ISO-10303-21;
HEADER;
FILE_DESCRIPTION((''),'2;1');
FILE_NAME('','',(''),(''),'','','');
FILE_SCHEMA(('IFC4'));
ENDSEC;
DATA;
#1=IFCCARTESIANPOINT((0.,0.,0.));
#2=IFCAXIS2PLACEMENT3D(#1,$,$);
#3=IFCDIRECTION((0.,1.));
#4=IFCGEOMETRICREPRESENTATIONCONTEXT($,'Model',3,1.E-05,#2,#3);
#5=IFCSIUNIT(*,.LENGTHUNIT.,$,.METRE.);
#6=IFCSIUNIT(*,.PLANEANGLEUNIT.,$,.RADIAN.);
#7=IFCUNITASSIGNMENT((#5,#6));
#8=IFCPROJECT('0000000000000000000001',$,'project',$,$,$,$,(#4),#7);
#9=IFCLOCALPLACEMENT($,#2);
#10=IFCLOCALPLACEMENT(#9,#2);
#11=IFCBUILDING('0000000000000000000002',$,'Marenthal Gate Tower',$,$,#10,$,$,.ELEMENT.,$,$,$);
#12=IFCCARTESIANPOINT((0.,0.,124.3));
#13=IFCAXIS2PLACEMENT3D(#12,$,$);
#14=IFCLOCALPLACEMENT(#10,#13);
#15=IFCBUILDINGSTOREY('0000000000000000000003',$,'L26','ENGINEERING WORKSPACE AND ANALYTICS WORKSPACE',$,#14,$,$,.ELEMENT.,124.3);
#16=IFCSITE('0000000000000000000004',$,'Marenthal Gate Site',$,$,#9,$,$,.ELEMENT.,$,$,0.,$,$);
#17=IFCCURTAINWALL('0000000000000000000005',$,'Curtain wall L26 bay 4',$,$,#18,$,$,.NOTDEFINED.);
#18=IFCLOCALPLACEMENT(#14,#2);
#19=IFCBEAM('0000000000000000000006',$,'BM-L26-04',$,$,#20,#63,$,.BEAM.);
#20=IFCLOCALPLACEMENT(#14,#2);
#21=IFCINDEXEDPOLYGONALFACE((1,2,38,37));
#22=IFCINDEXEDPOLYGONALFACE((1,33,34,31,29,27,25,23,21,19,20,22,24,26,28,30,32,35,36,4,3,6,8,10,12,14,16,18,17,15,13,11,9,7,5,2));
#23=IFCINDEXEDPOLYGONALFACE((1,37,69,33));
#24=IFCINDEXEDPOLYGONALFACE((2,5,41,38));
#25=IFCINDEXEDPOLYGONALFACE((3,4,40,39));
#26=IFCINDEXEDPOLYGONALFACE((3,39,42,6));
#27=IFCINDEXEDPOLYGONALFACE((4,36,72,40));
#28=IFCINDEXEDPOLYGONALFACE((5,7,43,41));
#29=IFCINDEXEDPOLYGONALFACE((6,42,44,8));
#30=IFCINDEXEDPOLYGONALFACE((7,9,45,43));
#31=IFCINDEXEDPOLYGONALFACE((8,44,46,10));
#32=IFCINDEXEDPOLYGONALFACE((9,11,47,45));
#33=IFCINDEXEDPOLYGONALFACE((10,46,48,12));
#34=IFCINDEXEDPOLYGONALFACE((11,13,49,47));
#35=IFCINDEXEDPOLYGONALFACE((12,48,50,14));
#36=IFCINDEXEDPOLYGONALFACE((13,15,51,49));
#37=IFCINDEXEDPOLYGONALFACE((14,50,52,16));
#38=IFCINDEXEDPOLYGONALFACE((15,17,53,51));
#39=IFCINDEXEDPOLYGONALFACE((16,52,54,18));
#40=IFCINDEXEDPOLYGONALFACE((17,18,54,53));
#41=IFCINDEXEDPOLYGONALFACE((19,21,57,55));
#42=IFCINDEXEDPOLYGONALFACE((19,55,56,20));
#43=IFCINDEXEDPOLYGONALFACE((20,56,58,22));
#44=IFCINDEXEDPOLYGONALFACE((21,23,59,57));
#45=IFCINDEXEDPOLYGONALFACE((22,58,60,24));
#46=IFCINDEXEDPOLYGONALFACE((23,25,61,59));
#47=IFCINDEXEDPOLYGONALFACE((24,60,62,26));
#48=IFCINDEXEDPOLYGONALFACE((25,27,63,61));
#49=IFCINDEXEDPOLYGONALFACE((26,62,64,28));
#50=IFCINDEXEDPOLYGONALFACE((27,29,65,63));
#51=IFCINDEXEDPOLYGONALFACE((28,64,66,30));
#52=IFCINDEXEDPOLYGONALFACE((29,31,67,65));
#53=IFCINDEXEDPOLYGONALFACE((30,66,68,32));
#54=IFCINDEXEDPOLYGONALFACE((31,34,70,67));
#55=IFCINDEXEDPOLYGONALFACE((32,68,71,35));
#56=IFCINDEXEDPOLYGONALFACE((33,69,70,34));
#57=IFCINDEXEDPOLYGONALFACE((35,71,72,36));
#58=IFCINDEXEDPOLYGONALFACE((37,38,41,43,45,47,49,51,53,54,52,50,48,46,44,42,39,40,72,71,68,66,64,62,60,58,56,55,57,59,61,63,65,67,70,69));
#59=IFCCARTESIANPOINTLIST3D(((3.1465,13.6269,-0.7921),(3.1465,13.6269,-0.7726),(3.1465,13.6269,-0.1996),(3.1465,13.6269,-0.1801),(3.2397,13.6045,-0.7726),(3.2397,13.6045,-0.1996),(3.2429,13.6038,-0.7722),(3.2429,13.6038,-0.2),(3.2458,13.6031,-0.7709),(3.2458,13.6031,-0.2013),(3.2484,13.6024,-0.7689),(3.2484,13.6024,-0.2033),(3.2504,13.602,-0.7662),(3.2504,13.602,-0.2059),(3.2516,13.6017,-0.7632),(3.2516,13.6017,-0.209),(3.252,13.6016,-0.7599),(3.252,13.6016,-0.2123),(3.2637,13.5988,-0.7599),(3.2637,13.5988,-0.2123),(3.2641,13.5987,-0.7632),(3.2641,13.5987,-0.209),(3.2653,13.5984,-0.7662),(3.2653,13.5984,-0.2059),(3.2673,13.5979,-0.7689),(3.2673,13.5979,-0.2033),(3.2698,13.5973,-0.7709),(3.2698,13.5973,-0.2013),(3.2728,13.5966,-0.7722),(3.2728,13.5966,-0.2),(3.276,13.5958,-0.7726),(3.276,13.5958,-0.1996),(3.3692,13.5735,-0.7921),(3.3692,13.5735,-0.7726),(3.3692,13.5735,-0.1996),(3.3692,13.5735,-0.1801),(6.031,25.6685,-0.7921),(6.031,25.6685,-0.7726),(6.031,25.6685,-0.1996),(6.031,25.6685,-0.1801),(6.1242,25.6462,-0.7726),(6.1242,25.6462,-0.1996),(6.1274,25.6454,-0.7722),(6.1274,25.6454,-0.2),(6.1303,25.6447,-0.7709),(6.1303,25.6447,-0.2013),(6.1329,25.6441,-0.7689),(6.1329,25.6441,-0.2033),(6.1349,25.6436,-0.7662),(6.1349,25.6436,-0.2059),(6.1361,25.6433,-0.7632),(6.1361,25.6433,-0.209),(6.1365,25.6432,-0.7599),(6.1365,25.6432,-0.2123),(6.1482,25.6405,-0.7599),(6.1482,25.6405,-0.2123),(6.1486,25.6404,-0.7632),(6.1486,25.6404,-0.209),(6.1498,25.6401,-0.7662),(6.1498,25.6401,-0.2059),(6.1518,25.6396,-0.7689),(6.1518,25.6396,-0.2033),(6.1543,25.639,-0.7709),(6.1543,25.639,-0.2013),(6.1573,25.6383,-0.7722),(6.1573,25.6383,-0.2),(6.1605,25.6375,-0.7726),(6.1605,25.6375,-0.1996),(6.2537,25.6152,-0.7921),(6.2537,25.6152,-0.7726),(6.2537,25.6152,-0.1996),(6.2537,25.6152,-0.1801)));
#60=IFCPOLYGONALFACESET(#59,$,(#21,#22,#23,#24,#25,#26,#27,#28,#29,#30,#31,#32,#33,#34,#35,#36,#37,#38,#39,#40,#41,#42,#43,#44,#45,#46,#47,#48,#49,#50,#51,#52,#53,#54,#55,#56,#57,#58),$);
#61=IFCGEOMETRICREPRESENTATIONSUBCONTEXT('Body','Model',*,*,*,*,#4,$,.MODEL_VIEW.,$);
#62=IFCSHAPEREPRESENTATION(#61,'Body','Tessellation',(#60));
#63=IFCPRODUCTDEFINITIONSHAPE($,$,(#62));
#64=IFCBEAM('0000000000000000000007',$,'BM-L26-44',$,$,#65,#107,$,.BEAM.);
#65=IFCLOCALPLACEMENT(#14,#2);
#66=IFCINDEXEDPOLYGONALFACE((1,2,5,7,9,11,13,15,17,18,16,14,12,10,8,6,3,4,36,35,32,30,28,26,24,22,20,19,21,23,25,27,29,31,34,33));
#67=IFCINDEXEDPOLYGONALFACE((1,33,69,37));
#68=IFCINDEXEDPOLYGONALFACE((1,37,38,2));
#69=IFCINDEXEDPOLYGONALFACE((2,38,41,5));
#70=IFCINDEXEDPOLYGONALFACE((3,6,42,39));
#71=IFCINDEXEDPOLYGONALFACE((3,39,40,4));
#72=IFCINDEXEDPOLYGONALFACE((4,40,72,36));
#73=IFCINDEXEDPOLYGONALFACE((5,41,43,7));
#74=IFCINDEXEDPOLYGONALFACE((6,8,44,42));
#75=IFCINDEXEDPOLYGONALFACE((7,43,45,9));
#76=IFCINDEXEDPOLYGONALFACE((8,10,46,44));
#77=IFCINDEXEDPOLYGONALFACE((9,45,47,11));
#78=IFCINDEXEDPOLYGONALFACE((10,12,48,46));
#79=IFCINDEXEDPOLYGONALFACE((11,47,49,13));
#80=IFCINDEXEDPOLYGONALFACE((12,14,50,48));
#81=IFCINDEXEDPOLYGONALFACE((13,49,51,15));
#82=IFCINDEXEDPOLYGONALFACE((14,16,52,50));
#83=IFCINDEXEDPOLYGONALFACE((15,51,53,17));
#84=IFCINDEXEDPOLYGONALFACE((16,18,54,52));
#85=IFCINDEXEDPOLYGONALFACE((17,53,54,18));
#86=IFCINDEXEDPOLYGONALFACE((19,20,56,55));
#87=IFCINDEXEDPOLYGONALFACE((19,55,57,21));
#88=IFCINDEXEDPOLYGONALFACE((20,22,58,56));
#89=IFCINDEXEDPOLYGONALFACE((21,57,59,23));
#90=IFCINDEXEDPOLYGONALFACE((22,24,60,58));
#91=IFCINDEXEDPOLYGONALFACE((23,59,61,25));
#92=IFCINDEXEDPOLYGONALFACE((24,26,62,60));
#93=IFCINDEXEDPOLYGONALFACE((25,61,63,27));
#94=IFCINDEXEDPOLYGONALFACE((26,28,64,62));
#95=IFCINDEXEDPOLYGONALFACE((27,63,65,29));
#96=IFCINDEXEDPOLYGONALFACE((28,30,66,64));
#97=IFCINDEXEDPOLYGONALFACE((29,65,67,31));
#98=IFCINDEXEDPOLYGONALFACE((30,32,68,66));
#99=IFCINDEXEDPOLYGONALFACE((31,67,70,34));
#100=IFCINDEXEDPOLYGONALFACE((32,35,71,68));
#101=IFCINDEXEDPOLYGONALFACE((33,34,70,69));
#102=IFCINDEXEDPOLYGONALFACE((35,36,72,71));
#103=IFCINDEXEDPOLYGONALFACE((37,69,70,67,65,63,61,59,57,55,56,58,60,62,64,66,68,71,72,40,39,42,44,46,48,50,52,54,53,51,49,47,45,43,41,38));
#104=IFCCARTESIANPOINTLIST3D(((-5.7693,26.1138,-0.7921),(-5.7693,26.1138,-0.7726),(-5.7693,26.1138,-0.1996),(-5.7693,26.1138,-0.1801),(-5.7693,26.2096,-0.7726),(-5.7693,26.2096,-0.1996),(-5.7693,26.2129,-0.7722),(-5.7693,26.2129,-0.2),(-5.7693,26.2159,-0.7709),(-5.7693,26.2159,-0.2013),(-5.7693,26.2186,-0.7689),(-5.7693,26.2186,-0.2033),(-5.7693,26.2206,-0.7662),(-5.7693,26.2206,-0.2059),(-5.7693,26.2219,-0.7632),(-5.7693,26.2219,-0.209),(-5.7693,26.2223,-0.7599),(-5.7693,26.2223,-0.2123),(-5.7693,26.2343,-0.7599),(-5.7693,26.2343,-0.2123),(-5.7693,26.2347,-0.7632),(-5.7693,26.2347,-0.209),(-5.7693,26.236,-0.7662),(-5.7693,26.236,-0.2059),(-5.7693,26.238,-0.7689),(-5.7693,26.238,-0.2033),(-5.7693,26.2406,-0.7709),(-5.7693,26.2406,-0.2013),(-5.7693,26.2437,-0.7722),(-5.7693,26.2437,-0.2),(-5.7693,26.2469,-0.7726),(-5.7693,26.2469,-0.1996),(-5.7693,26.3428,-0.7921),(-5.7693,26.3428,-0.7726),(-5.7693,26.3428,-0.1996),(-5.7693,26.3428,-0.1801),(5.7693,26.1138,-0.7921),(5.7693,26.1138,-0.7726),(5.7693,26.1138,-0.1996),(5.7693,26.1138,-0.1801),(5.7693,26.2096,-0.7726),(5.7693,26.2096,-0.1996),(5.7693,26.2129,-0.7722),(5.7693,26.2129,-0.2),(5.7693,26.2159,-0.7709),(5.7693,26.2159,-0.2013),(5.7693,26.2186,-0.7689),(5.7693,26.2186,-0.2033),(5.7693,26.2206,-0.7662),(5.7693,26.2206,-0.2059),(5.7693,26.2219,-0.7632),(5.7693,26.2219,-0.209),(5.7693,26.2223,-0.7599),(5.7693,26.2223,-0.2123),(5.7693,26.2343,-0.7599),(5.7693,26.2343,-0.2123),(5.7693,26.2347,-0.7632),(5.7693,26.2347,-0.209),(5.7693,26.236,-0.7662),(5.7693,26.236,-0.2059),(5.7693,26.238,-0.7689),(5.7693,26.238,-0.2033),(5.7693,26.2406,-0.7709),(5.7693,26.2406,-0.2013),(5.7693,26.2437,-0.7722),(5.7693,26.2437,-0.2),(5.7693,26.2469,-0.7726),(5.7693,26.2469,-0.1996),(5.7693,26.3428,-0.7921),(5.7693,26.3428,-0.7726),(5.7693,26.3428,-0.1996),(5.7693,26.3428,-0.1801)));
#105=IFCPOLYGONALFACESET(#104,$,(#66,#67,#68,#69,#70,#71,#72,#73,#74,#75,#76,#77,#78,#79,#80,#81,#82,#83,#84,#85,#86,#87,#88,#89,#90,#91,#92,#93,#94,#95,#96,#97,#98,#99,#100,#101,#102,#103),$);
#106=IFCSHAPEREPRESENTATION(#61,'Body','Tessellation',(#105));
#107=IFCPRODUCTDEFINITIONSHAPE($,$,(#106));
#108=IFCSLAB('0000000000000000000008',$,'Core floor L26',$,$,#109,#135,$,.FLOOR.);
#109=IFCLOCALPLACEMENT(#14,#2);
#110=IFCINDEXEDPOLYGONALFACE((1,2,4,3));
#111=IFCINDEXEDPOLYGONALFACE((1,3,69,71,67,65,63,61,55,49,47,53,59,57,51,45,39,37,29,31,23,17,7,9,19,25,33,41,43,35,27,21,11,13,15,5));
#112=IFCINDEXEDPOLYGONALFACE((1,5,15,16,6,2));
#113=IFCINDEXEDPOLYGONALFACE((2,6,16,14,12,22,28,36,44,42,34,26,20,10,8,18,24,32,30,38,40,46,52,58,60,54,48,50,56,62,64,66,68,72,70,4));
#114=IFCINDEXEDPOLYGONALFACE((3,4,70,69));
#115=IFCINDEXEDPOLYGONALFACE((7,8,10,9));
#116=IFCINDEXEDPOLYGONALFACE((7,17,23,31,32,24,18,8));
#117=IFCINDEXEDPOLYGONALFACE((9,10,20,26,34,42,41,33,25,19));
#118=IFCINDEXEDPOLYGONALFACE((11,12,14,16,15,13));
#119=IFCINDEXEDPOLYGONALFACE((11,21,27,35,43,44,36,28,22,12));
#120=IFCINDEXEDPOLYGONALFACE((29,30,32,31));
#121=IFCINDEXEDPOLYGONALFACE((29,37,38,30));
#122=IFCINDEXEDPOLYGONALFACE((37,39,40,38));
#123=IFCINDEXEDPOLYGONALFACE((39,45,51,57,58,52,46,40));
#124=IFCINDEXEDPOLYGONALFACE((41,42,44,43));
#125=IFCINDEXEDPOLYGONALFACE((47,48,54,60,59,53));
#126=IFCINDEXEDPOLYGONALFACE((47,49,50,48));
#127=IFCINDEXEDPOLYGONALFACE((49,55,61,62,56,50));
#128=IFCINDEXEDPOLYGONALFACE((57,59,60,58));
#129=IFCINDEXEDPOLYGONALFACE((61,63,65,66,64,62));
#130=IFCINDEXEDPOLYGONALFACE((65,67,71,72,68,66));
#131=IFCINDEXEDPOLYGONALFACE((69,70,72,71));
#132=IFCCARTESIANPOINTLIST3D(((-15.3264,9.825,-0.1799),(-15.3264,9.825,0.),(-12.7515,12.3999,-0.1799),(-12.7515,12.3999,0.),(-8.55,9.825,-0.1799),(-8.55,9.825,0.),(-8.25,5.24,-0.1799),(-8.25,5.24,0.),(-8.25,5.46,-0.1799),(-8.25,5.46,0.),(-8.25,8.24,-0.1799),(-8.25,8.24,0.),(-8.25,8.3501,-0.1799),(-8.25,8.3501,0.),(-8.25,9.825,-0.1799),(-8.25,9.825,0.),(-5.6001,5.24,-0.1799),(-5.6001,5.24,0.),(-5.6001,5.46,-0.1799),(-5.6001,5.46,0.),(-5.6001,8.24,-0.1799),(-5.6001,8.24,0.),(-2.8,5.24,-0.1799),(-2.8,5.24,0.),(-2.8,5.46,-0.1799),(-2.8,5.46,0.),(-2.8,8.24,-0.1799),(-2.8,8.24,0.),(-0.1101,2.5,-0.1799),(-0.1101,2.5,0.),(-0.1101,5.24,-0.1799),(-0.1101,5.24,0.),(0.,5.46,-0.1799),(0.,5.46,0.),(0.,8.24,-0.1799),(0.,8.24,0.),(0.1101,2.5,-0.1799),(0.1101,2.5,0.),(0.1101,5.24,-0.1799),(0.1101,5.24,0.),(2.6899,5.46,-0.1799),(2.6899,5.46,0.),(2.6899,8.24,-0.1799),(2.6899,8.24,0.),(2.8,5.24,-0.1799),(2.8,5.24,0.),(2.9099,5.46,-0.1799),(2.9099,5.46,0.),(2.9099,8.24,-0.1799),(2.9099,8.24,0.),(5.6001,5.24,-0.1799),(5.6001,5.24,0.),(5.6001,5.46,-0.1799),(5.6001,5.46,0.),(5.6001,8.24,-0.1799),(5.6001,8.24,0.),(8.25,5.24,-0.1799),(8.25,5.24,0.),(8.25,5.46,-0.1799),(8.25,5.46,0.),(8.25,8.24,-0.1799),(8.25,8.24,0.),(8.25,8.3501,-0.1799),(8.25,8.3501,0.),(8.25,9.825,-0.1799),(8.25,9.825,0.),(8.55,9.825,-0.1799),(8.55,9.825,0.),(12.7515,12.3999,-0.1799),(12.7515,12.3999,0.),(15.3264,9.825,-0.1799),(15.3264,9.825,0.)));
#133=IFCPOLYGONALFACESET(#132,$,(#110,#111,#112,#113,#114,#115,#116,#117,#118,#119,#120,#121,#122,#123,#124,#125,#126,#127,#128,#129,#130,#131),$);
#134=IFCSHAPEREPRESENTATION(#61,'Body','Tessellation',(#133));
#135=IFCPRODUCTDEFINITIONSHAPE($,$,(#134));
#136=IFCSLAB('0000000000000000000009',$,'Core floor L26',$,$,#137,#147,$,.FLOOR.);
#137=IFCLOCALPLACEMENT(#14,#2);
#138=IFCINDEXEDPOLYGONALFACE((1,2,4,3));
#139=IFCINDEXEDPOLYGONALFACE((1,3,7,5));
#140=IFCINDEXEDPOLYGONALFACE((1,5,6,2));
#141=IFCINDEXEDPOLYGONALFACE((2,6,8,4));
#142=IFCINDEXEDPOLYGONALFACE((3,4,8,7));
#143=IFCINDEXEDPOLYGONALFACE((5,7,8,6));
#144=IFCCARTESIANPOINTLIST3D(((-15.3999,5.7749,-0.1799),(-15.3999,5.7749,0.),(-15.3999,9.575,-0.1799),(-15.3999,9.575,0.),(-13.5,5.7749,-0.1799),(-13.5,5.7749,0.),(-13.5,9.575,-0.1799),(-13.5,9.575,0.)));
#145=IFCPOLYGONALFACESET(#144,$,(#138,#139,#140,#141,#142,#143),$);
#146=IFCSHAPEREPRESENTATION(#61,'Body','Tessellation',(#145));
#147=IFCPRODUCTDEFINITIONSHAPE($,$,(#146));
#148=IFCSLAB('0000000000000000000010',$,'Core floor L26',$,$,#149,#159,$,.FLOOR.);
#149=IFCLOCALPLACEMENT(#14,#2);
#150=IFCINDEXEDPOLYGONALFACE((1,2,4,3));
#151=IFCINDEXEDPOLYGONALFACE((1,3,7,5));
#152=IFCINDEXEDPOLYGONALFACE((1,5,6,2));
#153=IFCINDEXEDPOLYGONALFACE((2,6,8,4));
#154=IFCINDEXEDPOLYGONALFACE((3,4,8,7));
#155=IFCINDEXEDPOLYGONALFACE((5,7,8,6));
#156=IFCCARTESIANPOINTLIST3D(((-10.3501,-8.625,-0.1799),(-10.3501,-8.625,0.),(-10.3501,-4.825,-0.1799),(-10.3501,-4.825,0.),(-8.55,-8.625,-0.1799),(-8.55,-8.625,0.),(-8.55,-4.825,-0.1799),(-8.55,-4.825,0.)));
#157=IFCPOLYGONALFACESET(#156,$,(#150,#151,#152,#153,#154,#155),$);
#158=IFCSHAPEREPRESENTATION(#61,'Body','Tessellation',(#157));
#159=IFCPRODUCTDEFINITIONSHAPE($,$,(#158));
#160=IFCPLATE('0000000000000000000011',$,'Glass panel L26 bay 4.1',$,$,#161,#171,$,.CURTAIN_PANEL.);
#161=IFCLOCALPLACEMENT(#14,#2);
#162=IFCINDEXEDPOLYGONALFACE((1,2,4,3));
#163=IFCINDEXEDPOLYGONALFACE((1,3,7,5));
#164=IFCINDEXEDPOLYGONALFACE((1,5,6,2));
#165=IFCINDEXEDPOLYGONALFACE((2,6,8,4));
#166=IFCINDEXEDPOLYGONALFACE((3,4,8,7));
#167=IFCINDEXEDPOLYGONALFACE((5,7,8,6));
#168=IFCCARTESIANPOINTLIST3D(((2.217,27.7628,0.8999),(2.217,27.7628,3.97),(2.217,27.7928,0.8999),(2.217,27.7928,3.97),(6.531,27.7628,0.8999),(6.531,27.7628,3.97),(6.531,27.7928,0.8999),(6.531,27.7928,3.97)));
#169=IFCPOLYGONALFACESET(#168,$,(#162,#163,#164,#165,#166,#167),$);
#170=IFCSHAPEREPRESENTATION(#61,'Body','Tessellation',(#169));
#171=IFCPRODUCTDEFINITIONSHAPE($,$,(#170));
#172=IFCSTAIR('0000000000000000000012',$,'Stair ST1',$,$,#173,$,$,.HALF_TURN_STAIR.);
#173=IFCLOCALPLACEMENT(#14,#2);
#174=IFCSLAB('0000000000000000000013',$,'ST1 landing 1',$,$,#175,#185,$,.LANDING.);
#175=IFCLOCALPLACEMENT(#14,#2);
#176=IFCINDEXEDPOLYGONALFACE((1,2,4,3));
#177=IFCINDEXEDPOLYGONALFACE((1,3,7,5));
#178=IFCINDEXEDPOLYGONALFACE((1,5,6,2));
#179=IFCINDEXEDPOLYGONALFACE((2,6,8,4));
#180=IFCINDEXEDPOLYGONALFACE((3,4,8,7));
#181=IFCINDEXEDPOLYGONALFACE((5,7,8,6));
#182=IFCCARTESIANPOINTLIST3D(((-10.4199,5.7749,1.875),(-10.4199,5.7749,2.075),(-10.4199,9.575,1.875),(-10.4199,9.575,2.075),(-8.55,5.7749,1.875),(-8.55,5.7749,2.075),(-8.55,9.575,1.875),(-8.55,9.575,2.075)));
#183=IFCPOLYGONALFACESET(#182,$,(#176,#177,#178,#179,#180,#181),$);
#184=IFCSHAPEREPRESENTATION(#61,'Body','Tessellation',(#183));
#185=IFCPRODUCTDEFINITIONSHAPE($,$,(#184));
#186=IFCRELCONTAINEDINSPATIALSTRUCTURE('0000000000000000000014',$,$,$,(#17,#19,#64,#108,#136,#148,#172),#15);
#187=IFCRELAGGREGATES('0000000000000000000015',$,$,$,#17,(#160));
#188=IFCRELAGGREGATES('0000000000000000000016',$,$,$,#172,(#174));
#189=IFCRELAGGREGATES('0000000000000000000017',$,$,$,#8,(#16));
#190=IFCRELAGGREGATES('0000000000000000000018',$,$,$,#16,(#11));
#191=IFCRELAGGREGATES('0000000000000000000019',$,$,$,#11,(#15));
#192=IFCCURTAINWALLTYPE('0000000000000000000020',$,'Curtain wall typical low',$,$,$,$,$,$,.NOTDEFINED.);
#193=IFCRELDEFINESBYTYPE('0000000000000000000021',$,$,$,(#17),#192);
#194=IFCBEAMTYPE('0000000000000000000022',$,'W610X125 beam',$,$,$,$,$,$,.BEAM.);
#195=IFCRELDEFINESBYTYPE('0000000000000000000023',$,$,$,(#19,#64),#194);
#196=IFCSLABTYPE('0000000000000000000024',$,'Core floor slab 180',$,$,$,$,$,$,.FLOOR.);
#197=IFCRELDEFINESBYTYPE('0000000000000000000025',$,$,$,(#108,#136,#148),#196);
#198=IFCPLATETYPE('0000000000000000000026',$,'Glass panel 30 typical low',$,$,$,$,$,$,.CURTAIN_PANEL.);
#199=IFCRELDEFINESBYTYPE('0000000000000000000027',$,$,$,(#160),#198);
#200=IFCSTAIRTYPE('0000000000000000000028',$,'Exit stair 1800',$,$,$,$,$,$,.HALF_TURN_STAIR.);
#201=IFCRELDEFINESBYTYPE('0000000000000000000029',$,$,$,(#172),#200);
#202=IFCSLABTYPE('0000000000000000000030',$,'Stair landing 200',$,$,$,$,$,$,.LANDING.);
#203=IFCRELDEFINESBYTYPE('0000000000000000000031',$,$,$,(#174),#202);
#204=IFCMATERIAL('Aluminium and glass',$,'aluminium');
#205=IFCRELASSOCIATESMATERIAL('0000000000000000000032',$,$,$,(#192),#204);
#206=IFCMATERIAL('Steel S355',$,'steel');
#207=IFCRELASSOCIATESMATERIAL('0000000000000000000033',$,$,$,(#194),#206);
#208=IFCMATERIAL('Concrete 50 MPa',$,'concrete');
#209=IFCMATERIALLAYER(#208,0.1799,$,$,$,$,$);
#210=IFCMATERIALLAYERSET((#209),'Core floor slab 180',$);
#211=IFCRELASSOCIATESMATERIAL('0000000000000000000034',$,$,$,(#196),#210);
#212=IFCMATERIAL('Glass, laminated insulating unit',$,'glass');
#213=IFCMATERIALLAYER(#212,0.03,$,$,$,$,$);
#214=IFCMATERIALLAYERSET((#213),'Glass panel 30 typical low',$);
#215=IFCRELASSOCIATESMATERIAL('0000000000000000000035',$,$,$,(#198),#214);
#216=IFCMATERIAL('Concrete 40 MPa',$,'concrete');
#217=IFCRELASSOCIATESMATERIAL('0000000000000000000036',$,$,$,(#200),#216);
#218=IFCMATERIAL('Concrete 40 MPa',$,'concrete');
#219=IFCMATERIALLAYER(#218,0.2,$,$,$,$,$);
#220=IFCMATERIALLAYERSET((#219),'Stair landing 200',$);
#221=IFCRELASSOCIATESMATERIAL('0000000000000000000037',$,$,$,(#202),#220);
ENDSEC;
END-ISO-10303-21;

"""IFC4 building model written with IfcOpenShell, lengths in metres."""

from ifc_helpers import new_model, si_unit, direction, frame, origin, origin_2d, place, context, subcontext, project, spatial, polyline, rectangle, i_section, outline, extrude, material, layer, layer_set, material_profile, profile_set, type_object, element, aggregate, save


model = new_model("IFC4")

# Units and contexts
model_context = context("Model", 3, precision=1e-05, world=origin(), true_north=direction((0.0, 1.0)))
body_context = subcontext(model_context, "Body", "Model", "MODEL_VIEW")
ifc_project = project(units=[si_unit("LENGTHUNIT", "METRE"), si_unit("PLANEANGLEUNIT", "RADIAN")], contexts=[model_context])

# Site, building, storey
site_placement = place(None, origin())
site = spatial("IfcSite", under=ifc_project, at=site_placement, Name="Marenthal Gate Site", CompositionType="ELEMENT", RefElevation=0.0)
building_placement = place(site_placement, origin())
building = spatial("IfcBuilding", under=site, at=building_placement, Name="Marenthal Gate Tower", CompositionType="ELEMENT")
storey_placement = place(building_placement, frame((0.0, 0.0, 124.3)))
storey = spatial("IfcBuildingStorey", under=building, at=storey_placement, Name="L26", Description="ENGINEERING WORKSPACE AND ANALYTICS WORKSPACE", CompositionType="ELEMENT", Elevation=124.3)

# Curtain wall
ifc_material_1 = material(Name="Aluminium and glass", Category="aluminium")
curtain_wall_type = type_object("IfcCurtainWallType", Name="Curtain wall typical low", PredefinedType="NOTDEFINED", material=ifc_material_1)
curtain_wall_placement = place(storey_placement, origin())
curtain_wall = element("IfcCurtainWall", 1, at=curtain_wall_placement, inside=storey, type_object=curtain_wall_type, Name="Curtain wall L26 bay 4", PredefinedType="NOTDEFINED")

# Beams
ifc_material_2 = material(Name="Steel S355", Category="steel")
ifc_material_profile_1 = material_profile(ifc_material_2, i_section(OverallWidth=0.229, OverallDepth=0.6121, WebThickness=0.012, FlangeThickness=0.0195, FilletRadius=0.0127, at=origin_2d()), Name="W610X125")
ifc_profile_set_1 = profile_set([ifc_material_profile_1], Name="Steel S355")
beam_type_1 = type_object("IfcBeamType", Name="W610X125 beam", PredefinedType="BEAM", material=ifc_profile_set_1)
beam_1_placement = place(storey_placement, frame((6.1423, 25.6418, -0.4861), z_axis=(-0.232953, -0.972488, 0.0), x_axis=(0.972488, -0.232953, 0.0)))
element("IfcBeam", 2, at=beam_1_placement, inside=storey, type_object=beam_type_1, Name="BM-L26-04", PredefinedType="BEAM", context=body_context, shape_type="SweptSolid", body=[
    extrude(i_section(OverallWidth=0.229, OverallDepth=0.6121, WebThickness=0.012, FlangeThickness=0.0195, FilletRadius=0.0127, at=origin_2d()), origin(), (0.0, 0.0, 1.0), 12.3823),
])
beam_2_placement = place(storey_placement, frame((5.7693, 26.2283, -0.4861), z_axis=(-1.0, 0.0, 0.0), x_axis=(0.0, -1.0, 0.0)))
element("IfcBeam", 3, at=beam_2_placement, inside=storey, type_object=beam_type_1, Name="BM-L26-44", PredefinedType="BEAM", context=body_context, shape_type="SweptSolid", body=[
    extrude(i_section(OverallWidth=0.229, OverallDepth=0.6121, WebThickness=0.012, FlangeThickness=0.0195, FilletRadius=0.0127, at=origin_2d()), origin(), (0.0, 0.0, 1.0), 11.5386),
])

# Slabs
ifc_material_3 = material(Name="Concrete 50 MPa", Category="concrete")
ifc_layer_1 = layer(ifc_material_3, 0.1799)
ifc_layer_set_1 = layer_set([ifc_layer_1], Name="Core floor slab 180")
slab_type_1 = type_object("IfcSlabType", Name="Core floor slab 180", PredefinedType="FLOOR", material=ifc_layer_set_1)
slab_1_placement = place(storey_placement, frame((0.0, 0.0, -0.1799)))
element("IfcSlab", 4, at=slab_1_placement, inside=storey, type_object=slab_type_1, Name="Core floor L26", PredefinedType="FLOOR", context=body_context, shape_type="SweptSolid", body=[
    extrude(outline(polyline([(12.7515, 12.3999), (15.3264, 9.825), (8.55, 9.825), (8.25, 9.825), (8.25, 8.3501), (8.25, 8.24), (5.6001, 8.24), (2.9099, 8.24), (2.9099, 5.46), (5.6001, 5.46), (8.25, 5.46), (8.25, 5.24), (5.6001, 5.24), (2.8, 5.24), (0.1101, 5.24), (0.1101, 2.5), (-0.1101, 2.5), (-0.1101, 5.24), (-2.8, 5.24), (-5.6001, 5.24), (-8.25, 5.24), (-8.25, 5.46), (-5.6001, 5.46), (-2.8, 5.46), (0.0, 5.46), (2.6899, 5.46), (2.6899, 8.24), (0.0, 8.24), (-2.8, 8.24), (-5.6001, 8.24), (-8.25, 8.24), (-8.25, 8.3501), (-8.25, 9.825), (-8.55, 9.825), (-15.3264, 9.825), (-12.7515, 12.3999), (12.7515, 12.3999)])), origin(), (0.0, 0.0, 1.0), 0.1799),
])
slab_2_placement = place(storey_placement, frame((0.0, 0.0, -0.1799)))
element("IfcSlab", 5, at=slab_2_placement, inside=storey, type_object=slab_type_1, Name="Core floor L26", PredefinedType="FLOOR", context=body_context, shape_type="SweptSolid", body=[
    extrude(outline(polyline([(-15.3999, 9.575), (-13.5, 9.575), (-13.5, 5.7749), (-15.3999, 5.7749), (-15.3999, 9.575)])), origin(), (0.0, 0.0, 1.0), 0.1799),
])
slab_3_placement = place(storey_placement, frame((0.0, 0.0, -0.1799)))
element("IfcSlab", 6, at=slab_3_placement, inside=storey, type_object=slab_type_1, Name="Core floor L26", PredefinedType="FLOOR", context=body_context, shape_type="SweptSolid", body=[
    extrude(outline(polyline([(-8.55, -8.625), (-10.3501, -8.625), (-10.3501, -4.825), (-8.55, -4.825), (-8.55, -8.625)])), origin(), (0.0, 0.0, 1.0), 0.1799),
])

# Plate
ifc_material_4 = material(Name="Glass, laminated insulating unit", Category="glass")
ifc_layer_2 = layer(ifc_material_4, 0.03)
ifc_layer_set_2 = layer_set([ifc_layer_2], Name="Glass panel 30 typical low")
plate_type = type_object("IfcPlateType", Name="Glass panel 30 typical low", PredefinedType="CURTAIN_PANEL", material=ifc_layer_set_2)
plate_placement = place(storey_placement, frame((4.374, 27.7778, 0.8999), z_axis=(0.0, 0.0, 1.0), x_axis=(-1.0, 0.0, 0.0)))
plate = element("IfcPlate", 7, at=plate_placement, type_object=plate_type, Name="Glass panel L26 bay 4.1", PredefinedType="CURTAIN_PANEL", context=body_context, shape_type="SweptSolid", body=[
    extrude(rectangle(XDim=4.314, YDim=0.03, at=origin_2d()), origin(), (0.0, 0.0, 1.0), 3.0701),
])
aggregate(curtain_wall, [plate])

# Stair, slab
ifc_material_5 = material(Name="Concrete 40 MPa", Category="concrete")
stair_type = type_object("IfcStairType", Name="Exit stair 1800", PredefinedType="HALF_TURN_STAIR", material=ifc_material_5)
stair_1_placement = place(storey_placement, origin())
stair_1 = element("IfcStair", 8, at=stair_1_placement, inside=storey, type_object=stair_type, Name="Stair ST1", PredefinedType="HALF_TURN_STAIR")
ifc_material_6 = material(Name="Concrete 40 MPa", Category="concrete")
ifc_layer_3 = layer(ifc_material_6, 0.2)
ifc_layer_set_3 = layer_set([ifc_layer_3], Name="Stair landing 200")
slab_type_2 = type_object("IfcSlabType", Name="Stair landing 200", PredefinedType="LANDING", material=ifc_layer_set_3)
slab_4_placement = place(storey_placement, frame((0.0, 0.0, 1.875)))
slab_4 = element("IfcSlab", 9, at=slab_4_placement, type_object=slab_type_2, Name="ST1 landing 1", PredefinedType="LANDING", context=body_context, shape_type="SweptSolid", body=[
    extrude(outline(polyline([(-10.4199, 5.7749), (-8.55, 5.7749), (-8.55, 9.575), (-10.4199, 9.575), (-10.4199, 5.7749)])), origin(), (0.0, 0.0, 1.0), 0.2),
])
aggregate(stair_1, [slab_4])

save(model, "model.ifc")
